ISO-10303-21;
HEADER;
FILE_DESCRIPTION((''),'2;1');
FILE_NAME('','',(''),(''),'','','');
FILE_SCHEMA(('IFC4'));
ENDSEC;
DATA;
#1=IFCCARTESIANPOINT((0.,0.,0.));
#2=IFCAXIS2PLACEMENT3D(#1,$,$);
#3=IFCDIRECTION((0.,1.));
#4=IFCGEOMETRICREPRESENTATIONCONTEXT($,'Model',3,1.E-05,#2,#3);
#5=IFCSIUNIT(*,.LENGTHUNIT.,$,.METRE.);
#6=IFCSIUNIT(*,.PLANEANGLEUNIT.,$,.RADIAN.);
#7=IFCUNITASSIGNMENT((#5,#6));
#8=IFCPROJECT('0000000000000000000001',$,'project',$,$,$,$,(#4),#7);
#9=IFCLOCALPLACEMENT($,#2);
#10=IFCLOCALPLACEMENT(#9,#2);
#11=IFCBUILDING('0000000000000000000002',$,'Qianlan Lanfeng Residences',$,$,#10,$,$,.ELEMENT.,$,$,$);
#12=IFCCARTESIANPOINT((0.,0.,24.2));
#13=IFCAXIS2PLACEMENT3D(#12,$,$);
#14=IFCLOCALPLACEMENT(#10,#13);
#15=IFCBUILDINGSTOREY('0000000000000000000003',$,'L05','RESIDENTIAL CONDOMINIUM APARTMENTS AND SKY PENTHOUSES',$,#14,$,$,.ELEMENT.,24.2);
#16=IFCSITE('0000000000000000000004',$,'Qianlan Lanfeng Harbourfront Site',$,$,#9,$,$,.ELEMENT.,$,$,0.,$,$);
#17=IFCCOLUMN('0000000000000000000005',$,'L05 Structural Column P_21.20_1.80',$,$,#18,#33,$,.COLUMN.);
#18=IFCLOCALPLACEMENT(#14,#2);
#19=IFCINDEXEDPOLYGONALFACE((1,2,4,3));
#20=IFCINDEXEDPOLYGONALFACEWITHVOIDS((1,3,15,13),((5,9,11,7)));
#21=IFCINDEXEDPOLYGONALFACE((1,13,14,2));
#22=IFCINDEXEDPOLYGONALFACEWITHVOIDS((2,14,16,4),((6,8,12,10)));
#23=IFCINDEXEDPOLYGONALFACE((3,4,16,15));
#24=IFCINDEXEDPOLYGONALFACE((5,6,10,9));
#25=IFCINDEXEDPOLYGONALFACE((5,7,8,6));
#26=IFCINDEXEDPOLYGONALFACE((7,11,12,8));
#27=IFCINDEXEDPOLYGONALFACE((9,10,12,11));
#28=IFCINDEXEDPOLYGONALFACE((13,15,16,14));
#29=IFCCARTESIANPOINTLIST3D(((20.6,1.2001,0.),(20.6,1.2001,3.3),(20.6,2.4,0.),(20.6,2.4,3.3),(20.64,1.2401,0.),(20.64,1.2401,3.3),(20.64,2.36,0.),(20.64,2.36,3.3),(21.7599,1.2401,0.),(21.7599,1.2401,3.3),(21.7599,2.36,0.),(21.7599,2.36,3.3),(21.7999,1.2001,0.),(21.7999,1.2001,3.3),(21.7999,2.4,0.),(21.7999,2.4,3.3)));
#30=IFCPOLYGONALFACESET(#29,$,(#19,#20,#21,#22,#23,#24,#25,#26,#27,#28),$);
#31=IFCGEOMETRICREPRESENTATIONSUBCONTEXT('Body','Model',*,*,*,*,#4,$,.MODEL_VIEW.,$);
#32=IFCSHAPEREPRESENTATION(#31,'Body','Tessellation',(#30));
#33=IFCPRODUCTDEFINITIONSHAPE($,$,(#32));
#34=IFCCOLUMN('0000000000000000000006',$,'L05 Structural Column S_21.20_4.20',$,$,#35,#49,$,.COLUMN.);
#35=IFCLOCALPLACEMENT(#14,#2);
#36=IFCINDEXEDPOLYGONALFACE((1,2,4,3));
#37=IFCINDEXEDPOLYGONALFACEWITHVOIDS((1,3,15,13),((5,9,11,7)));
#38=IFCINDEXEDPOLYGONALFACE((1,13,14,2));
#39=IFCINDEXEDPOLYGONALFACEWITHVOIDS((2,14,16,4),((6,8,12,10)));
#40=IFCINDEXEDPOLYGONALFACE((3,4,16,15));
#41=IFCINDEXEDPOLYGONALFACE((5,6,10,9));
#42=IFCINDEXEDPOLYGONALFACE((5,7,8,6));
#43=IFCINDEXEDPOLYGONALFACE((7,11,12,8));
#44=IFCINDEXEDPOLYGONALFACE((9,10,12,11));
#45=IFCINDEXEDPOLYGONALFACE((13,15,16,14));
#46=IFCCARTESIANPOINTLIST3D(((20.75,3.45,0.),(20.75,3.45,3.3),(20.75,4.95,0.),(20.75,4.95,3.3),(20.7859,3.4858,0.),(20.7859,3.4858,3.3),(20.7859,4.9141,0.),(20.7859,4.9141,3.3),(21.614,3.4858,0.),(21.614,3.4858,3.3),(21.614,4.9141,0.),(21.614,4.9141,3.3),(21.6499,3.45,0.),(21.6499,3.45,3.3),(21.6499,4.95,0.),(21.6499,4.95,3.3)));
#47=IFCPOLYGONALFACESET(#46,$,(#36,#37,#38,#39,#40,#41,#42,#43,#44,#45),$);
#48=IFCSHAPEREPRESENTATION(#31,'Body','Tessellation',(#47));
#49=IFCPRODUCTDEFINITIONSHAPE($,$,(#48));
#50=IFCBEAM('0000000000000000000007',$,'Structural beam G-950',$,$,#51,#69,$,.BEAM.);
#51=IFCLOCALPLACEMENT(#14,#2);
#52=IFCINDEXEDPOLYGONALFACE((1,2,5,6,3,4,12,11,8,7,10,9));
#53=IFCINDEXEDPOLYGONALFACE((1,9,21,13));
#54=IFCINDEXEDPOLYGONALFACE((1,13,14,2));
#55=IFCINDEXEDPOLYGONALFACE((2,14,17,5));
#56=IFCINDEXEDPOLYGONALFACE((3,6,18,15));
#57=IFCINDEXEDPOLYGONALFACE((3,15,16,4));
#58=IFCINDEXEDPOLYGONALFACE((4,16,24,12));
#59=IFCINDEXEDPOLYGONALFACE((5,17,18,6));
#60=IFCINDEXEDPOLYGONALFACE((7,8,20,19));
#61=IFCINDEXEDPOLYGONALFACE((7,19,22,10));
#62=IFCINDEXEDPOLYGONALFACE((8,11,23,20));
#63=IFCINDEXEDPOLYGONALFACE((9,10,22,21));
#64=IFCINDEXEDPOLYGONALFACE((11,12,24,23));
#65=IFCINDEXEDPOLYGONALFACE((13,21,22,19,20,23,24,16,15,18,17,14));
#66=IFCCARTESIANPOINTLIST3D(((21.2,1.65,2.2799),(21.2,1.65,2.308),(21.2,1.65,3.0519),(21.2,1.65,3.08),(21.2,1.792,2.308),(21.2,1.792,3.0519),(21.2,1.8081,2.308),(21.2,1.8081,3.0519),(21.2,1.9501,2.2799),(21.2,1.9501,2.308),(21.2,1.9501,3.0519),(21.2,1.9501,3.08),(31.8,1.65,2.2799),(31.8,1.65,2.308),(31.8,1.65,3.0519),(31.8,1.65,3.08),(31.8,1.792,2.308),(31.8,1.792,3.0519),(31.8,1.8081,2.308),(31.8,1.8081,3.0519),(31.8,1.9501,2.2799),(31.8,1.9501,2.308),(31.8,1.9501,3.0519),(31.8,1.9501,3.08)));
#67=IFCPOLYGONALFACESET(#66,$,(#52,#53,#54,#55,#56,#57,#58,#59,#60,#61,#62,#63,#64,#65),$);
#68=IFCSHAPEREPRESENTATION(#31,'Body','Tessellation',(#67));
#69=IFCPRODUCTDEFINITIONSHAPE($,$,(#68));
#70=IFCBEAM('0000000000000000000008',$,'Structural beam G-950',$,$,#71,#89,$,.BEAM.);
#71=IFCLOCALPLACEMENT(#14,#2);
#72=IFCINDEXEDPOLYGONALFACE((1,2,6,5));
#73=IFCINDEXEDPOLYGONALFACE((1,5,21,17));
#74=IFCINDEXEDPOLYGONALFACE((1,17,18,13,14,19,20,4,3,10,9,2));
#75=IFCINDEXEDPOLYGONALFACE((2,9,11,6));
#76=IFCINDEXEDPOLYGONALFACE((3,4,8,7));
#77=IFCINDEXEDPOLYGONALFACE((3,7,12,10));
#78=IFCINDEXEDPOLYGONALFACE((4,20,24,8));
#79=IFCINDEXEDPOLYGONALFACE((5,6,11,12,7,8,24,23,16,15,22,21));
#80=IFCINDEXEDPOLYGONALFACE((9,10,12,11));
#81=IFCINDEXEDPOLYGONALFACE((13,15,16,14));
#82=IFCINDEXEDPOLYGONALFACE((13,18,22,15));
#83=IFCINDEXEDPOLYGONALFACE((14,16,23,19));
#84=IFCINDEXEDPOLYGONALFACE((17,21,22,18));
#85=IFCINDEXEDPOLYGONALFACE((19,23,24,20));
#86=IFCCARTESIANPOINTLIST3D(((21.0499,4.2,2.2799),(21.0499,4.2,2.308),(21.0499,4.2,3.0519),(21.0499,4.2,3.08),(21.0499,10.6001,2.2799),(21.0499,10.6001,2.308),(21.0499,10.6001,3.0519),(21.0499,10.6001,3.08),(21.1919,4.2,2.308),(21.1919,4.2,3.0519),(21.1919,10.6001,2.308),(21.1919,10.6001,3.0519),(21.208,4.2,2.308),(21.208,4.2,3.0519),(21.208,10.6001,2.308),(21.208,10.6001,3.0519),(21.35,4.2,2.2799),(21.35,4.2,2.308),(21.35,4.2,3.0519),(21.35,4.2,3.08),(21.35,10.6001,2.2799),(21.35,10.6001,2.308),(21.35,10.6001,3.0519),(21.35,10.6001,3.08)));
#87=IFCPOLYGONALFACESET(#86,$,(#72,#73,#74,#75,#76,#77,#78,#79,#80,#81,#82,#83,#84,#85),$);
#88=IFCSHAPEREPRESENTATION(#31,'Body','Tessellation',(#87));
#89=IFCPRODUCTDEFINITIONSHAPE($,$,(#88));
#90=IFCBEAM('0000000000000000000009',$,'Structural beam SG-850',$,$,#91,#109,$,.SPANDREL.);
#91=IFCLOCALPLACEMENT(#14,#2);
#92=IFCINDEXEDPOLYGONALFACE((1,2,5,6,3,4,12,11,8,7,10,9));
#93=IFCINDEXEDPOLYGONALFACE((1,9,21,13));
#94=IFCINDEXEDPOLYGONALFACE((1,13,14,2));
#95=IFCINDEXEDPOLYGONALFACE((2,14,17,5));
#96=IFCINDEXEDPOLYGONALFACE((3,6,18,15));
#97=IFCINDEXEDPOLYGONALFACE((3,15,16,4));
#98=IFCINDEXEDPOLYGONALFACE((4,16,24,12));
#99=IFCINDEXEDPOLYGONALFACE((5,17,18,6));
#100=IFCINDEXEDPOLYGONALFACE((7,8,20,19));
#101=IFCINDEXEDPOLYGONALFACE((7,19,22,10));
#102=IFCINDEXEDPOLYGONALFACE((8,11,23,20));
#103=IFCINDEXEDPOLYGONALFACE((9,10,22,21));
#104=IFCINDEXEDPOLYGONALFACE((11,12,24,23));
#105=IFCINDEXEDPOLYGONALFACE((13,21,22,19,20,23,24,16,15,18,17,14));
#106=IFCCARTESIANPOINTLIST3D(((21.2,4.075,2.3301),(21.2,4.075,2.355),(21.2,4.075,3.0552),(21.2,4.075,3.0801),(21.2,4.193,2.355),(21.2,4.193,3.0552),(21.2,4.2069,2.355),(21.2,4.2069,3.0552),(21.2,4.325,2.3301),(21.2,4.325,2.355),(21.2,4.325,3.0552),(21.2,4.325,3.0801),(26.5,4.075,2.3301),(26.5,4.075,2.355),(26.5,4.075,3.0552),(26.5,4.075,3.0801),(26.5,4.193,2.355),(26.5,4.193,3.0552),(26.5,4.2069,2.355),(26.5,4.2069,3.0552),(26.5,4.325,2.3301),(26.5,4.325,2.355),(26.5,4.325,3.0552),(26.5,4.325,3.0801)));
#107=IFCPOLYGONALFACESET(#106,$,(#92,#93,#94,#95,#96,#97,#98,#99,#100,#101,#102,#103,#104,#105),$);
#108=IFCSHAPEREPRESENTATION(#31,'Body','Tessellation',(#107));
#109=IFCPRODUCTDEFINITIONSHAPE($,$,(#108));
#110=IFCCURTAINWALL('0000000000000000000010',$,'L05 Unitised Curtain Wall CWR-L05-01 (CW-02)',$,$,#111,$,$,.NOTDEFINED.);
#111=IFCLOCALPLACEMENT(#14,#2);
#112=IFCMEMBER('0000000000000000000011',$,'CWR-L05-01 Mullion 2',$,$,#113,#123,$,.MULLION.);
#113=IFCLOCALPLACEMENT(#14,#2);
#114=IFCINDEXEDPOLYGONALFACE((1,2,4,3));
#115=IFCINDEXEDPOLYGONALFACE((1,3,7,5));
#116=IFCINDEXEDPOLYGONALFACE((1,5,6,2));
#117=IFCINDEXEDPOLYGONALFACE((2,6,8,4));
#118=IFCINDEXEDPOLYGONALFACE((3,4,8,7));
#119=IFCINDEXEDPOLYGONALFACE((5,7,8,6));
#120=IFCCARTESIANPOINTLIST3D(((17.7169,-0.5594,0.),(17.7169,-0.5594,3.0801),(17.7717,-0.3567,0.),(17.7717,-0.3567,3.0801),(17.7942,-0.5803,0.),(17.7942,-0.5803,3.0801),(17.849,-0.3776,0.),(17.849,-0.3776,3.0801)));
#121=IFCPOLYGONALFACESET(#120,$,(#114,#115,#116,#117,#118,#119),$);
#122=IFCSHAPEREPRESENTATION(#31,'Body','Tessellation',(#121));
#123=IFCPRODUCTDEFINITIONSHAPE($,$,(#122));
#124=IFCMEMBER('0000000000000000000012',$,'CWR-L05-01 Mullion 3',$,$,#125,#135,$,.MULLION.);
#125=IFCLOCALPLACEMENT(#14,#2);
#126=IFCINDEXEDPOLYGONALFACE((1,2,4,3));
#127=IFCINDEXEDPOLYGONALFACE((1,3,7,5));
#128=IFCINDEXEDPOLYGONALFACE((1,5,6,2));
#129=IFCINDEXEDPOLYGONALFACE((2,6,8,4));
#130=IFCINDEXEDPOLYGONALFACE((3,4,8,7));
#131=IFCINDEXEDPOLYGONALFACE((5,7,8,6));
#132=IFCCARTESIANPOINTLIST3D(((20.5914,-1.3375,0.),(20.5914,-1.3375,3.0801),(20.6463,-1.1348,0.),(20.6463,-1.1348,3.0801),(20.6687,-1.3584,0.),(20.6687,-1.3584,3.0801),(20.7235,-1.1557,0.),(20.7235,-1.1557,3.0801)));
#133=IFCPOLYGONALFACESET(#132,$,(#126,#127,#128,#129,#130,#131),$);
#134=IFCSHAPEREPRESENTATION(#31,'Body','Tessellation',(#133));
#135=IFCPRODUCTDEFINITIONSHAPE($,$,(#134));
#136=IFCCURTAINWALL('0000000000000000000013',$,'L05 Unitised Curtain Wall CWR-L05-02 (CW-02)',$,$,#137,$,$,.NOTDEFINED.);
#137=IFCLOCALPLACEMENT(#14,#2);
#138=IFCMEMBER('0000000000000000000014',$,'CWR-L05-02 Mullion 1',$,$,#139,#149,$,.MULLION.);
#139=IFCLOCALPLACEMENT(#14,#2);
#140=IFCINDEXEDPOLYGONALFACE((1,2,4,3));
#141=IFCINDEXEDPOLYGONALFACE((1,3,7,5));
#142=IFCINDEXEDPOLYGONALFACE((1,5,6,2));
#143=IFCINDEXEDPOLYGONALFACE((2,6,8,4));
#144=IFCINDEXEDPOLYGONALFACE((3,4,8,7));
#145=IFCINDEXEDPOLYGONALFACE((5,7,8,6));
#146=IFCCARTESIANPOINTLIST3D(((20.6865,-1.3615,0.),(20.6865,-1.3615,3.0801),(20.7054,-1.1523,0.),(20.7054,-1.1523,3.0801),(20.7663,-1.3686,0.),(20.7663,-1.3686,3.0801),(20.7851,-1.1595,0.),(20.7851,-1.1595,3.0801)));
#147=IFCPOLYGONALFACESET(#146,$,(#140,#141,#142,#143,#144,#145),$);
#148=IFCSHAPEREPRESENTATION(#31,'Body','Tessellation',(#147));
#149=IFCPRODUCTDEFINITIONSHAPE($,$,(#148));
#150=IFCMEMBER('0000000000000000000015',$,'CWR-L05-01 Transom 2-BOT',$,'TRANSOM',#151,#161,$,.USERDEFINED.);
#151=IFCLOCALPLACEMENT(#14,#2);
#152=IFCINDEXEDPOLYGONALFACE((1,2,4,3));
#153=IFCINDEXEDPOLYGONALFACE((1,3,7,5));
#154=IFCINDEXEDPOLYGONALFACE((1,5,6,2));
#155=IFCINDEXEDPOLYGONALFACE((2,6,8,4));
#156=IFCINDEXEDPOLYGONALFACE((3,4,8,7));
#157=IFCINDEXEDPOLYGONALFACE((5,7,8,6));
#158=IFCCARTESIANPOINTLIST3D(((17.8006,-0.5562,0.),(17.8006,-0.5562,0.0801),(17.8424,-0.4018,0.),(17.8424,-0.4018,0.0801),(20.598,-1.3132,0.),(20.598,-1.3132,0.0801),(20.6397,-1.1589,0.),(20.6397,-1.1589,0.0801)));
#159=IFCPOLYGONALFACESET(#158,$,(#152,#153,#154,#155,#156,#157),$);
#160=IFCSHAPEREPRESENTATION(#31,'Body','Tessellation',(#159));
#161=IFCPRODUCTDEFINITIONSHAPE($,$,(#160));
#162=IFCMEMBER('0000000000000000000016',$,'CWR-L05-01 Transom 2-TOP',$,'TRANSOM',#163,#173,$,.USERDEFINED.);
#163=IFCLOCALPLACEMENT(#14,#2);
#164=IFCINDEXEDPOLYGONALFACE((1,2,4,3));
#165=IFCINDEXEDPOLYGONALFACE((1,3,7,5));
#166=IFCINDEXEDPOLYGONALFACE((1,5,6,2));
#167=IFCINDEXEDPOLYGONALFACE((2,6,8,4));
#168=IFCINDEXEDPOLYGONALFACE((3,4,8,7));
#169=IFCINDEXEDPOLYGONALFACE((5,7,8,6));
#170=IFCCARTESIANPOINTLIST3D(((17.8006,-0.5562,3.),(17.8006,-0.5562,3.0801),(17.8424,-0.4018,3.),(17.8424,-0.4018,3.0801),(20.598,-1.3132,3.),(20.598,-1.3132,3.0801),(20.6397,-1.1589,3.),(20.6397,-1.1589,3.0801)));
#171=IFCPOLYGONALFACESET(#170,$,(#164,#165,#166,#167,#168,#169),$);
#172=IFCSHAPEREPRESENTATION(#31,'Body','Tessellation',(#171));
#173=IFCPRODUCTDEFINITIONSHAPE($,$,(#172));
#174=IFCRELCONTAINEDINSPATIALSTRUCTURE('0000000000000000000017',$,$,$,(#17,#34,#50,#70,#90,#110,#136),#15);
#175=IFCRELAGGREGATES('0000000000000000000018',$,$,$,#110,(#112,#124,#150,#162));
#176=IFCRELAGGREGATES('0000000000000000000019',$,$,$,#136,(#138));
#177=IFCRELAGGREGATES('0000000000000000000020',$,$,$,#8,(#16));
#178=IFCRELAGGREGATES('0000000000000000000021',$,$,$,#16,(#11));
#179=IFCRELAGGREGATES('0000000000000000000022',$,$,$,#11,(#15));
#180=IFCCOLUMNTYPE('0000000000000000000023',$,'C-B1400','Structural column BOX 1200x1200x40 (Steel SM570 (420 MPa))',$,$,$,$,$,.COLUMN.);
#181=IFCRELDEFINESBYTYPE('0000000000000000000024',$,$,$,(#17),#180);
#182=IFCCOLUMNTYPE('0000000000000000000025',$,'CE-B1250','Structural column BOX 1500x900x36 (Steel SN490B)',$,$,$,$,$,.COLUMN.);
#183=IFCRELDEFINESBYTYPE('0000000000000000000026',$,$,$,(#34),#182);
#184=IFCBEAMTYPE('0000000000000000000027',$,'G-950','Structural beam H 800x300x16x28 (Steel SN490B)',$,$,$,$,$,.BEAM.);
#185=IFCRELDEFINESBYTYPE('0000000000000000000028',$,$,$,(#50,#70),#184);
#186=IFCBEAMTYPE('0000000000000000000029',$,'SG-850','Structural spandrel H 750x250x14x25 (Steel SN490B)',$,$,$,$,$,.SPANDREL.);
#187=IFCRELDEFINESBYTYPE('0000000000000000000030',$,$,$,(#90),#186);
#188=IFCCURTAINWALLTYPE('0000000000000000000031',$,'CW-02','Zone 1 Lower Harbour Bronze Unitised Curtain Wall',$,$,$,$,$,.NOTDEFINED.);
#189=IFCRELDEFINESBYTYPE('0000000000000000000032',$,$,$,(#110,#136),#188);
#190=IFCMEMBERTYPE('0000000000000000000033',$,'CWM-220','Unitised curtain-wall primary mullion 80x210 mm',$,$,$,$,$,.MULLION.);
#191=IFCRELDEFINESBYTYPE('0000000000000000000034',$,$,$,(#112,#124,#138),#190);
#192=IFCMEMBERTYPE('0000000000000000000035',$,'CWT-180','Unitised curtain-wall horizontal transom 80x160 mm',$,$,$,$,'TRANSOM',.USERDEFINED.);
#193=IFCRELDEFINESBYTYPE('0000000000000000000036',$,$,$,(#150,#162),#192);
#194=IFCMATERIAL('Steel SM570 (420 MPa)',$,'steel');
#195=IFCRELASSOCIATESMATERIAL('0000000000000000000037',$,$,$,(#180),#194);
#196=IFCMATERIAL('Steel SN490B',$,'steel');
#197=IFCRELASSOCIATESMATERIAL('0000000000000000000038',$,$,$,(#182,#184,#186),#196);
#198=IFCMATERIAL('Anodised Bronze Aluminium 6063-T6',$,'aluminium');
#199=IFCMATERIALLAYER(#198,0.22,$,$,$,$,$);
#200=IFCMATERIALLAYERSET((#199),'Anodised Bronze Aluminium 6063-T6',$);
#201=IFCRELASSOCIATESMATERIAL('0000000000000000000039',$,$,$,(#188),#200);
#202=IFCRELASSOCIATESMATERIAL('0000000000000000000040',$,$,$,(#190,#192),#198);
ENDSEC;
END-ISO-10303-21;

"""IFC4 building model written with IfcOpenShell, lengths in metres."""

from ifc_helpers import new_model, si_unit, direction, frame, origin, origin_2d, place, context, subcontext, project, spatial, rectangle, hollow_rectangle, i_section, extrude, source, transform, mapped, material, layer, layer_set, material_profile, profile_set, type_object, element, aggregate, save


model = new_model("IFC4")

# Units and contexts
model_context = context("Model", 3, precision=1e-05, world=origin(), true_north=direction((0.0, 1.0)))
body_context = subcontext(model_context, "Body", "Model", "MODEL_VIEW")
ifc_project = project(units=[si_unit("LENGTHUNIT", "METRE"), si_unit("PLANEANGLEUNIT", "RADIAN")], contexts=[model_context])

# Site, building, storey
site_placement = place(None, origin())
site = spatial("IfcSite", under=ifc_project, at=site_placement, Name="Qianlan Lanfeng Harbourfront Site", CompositionType="ELEMENT", RefElevation=0.0)
building_placement = place(site_placement, origin())
building = spatial("IfcBuilding", under=site, at=building_placement, Name="Qianlan Lanfeng Residences", CompositionType="ELEMENT")
storey_placement = place(building_placement, frame((0.0, 0.0, 24.2)))
storey = spatial("IfcBuildingStorey", under=building, at=storey_placement, Name="L05", Description="RESIDENTIAL CONDOMINIUM APARTMENTS AND SKY PENTHOUSES", CompositionType="ELEMENT", Elevation=24.2)

# Columns
ifc_material_1 = material(Name="Steel SM570 (420 MPa)", Category="steel")
ifc_material_profile_1 = material_profile(ifc_material_1, hollow_rectangle(XDim=1.2, YDim=1.2, WallThickness=0.04, at=origin_2d()), Name="BOX 1200x1200x40")
ifc_profile_set_1 = profile_set([ifc_material_profile_1], Name="Steel SM570 (420 MPa)")
column_type_1 = type_object("IfcColumnType", Name="C-B1400", Description="Structural column BOX 1200x1200x40 (Steel SM570 (420 MPa))", PredefinedType="COLUMN", material=ifc_profile_set_1)
column_1_placement = place(storey_placement, frame((21.2, 1.8, 0.0), z_axis=(0.0, 0.0, 1.0), x_axis=(1.0, 0.0, 0.0)))
element("IfcColumn", 1, at=column_1_placement, inside=storey, type_object=column_type_1, Name="L05 Structural Column P_21.20_1.80", PredefinedType="COLUMN", context=body_context, shape_type="SweptSolid", body=[
    extrude(hollow_rectangle(XDim=1.2, YDim=1.2, WallThickness=0.04, at=origin_2d()), origin(), (0.0, 0.0, 1.0), 3.3),
])
ifc_material_2 = material(Name="Steel SN490B", Category="steel")
ifc_material_profile_2 = material_profile(ifc_material_2, hollow_rectangle(XDim=0.8999, YDim=1.5, WallThickness=0.0359, at=origin_2d()), Name="BOX 1500x900x36")
ifc_profile_set_2 = profile_set([ifc_material_profile_2], Name="Steel SN490B")
column_type_2 = type_object("IfcColumnType", Name="CE-B1250", Description="Structural column BOX 1500x900x36 (Steel SN490B)", PredefinedType="COLUMN", material=ifc_profile_set_2)
column_2_placement = place(storey_placement, frame((21.2, 4.2, 0.0), z_axis=(0.0, 0.0, 1.0), x_axis=(1.0, 0.0, 0.0)))
element("IfcColumn", 2, at=column_2_placement, inside=storey, type_object=column_type_2, Name="L05 Structural Column S_21.20_4.20", PredefinedType="COLUMN", context=body_context, shape_type="SweptSolid", body=[
    extrude(hollow_rectangle(XDim=0.8999, YDim=1.5, WallThickness=0.0359, at=origin_2d()), origin(), (0.0, 0.0, 1.0), 3.3),
])

# Beams
ifc_material_profile_3 = material_profile(ifc_material_2, i_section(OverallWidth=0.3, OverallDepth=0.8, WebThickness=0.0161, FlangeThickness=0.0281, at=origin_2d()), Name="H 800x300x16x28")
ifc_profile_set_3 = profile_set([ifc_material_profile_3], Name="Steel SN490B")
beam_type_1 = type_object("IfcBeamType", Name="G-950", Description="Structural beam H 800x300x16x28 (Steel SN490B)", PredefinedType="BEAM", material=ifc_profile_set_3)
beam_1_placement = place(storey_placement, frame((21.2, 1.8, 2.6799), z_axis=(1.0, 0.0, 0.0), x_axis=(0.0, 1.0, 0.0)))
element("IfcBeam", 3, at=beam_1_placement, inside=storey, type_object=beam_type_1, Name="Structural beam G-950", PredefinedType="BEAM", context=body_context, shape_type="SweptSolid", body=[
    extrude(i_section(OverallWidth=0.3, OverallDepth=0.8, WebThickness=0.0161, FlangeThickness=0.0281, at=origin_2d()), origin(), (0.0, 0.0, 1.0), 10.6001),
])
beam_2_placement = place(storey_placement, frame((21.2, 4.2, 2.6799), z_axis=(0.0, 1.0, 0.0), x_axis=(-1.0, 0.0, 0.0)))
element("IfcBeam", 4, at=beam_2_placement, inside=storey, type_object=beam_type_1, Name="Structural beam G-950", PredefinedType="BEAM", context=body_context, shape_type="SweptSolid", body=[
    extrude(i_section(OverallWidth=0.3, OverallDepth=0.8, WebThickness=0.0161, FlangeThickness=0.0281, at=origin_2d()), origin(), (0.0, 0.0, 1.0), 6.4001),
])
ifc_material_profile_4 = material_profile(ifc_material_2, i_section(OverallWidth=0.25, OverallDepth=0.75, WebThickness=0.0139, FlangeThickness=0.0249, at=origin_2d()), Name="H 750x250x14x25")
ifc_profile_set_4 = profile_set([ifc_material_profile_4], Name="Steel SN490B")
beam_type_2 = type_object("IfcBeamType", Name="SG-850", Description="Structural spandrel H 750x250x14x25 (Steel SN490B)", PredefinedType="SPANDREL", material=ifc_profile_set_4)
beam_3_placement = place(storey_placement, frame((21.2, 4.2, 2.7051), z_axis=(1.0, 0.0, 0.0), x_axis=(0.0, 1.0, 0.0)))
element("IfcBeam", 5, at=beam_3_placement, inside=storey, type_object=beam_type_2, Name="Structural beam SG-850", PredefinedType="SPANDREL", context=body_context, shape_type="SweptSolid", body=[
    extrude(i_section(OverallWidth=0.25, OverallDepth=0.75, WebThickness=0.0139, FlangeThickness=0.0249, at=origin_2d()), origin(), (0.0, 0.0, 1.0), 5.3),
])

# Curtain wall, members
ifc_material_3 = material(Name="Anodised Bronze Aluminium 6063-T6", Category="aluminium")
ifc_layer_1 = layer(ifc_material_3, 0.22)
ifc_layer_set_1 = layer_set([ifc_layer_1], Name="Anodised Bronze Aluminium 6063-T6")
curtain_wall_type = type_object("IfcCurtainWallType", Name="CW-02", Description="Zone 1 Lower Harbour Bronze Unitised Curtain Wall", PredefinedType="NOTDEFINED", material=ifc_layer_set_1)
curtain_wall_1_placement = place(storey_placement, origin())
curtain_wall_1 = element("IfcCurtainWall", 6, at=curtain_wall_1_placement, inside=storey, type_object=curtain_wall_type, Name="L05 Unitised Curtain Wall CWR-L05-01 (CW-02)", PredefinedType="NOTDEFINED")
ifc_material_profile_5 = material_profile(ifc_material_3, rectangle(XDim=0.0801, YDim=0.21, at=origin_2d()), Name="ALU MULLION 80x210")
ifc_profile_set_5 = profile_set([ifc_material_profile_5], Name="Anodised Bronze Aluminium 6063-T6")
member_type_1 = type_object("IfcMemberType", Name="CWM-220", Description="Unitised curtain-wall primary mullion 80x210 mm", PredefinedType="MULLION", material=ifc_profile_set_5)
shared_shape_1 = source(origin(), body_context, "Body", "SweptSolid", [
    extrude(rectangle(XDim=0.0801, YDim=0.21, at=origin_2d()), origin(), (0.0, 0.0, 1.0), 3.0801),
])
member_1_placement = place(storey_placement, frame((17.783, -0.4685, 0.0), z_axis=(0.0, 0.0, 1.0), x_axis=(0.965263, -0.261281, 0.0)))
member_1 = element("IfcMember", 7, at=member_1_placement, type_object=member_type_1, Name="CWR-L05-01 Mullion 2", PredefinedType="MULLION", context=body_context, shape_type="MappedRepresentation", body=[
    mapped(shared_shape_1, transform((0.0, 0.0, 0.0), scale=1.0)),
])
member_2_placement = place(storey_placement, frame((20.6575, -1.2466, 0.0), z_axis=(0.0, 0.0, 1.0), x_axis=(0.965263, -0.261281, 0.0)))
member_2 = element("IfcMember", 8, at=member_2_placement, type_object=member_type_1, Name="CWR-L05-01 Mullion 3", PredefinedType="MULLION", context=body_context, shape_type="MappedRepresentation", body=[
    mapped(shared_shape_1, transform((0.0, 0.0, 0.0), scale=1.0)),
])

# Curtain wall, member
curtain_wall_2_placement = place(storey_placement, origin())
curtain_wall_2 = element("IfcCurtainWall", 9, at=curtain_wall_2_placement, inside=storey, type_object=curtain_wall_type, Name="L05 Unitised Curtain Wall CWR-L05-02 (CW-02)", PredefinedType="NOTDEFINED")
member_3_placement = place(storey_placement, frame((20.7358, -1.2605, 0.0), z_axis=(0.0, 0.0, 1.0), x_axis=(0.995965, -0.089746, 0.0)))
member_3 = element("IfcMember", 10, at=member_3_placement, type_object=member_type_1, Name="CWR-L05-02 Mullion 1", PredefinedType="MULLION", context=body_context, shape_type="MappedRepresentation", body=[
    mapped(shared_shape_1, transform((0.0, 0.0, 0.0), scale=1.0)),
])

# Members
ifc_material_profile_6 = material_profile(ifc_material_3, rectangle(XDim=0.0801, YDim=0.1599, at=origin_2d()), Name="ALU TRANSOM 80x160")
ifc_profile_set_6 = profile_set([ifc_material_profile_6], Name="Anodised Bronze Aluminium 6063-T6")
member_type_2 = type_object("IfcMemberType", Name="CWT-180", Description="Unitised curtain-wall horizontal transom 80x160 mm", ElementType="TRANSOM", PredefinedType="USERDEFINED", material=ifc_profile_set_6)
shared_shape_2 = source(origin(), body_context, "Body", "SweptSolid", [
    extrude(rectangle(XDim=0.0801, YDim=0.1599, at=origin_2d()), origin(), (0.0, 0.0, 1.0), 2.8979),
])
member_4_placement = place(storey_placement, frame((17.8215, -0.479, 0.04), z_axis=(0.965273, -0.261242, 0.0), x_axis=(0.0, 0.0, 1.0)))
member_4 = element("IfcMember", 11, at=member_4_placement, type_object=member_type_2, Name="CWR-L05-01 Transom 2-BOT", ObjectType="TRANSOM", PredefinedType="USERDEFINED", context=body_context, shape_type="MappedRepresentation", body=[
    mapped(shared_shape_2, transform((0.0, 0.0, 0.0), scale=1.0)),
])
member_5_placement = place(storey_placement, frame((17.8215, -0.479, 3.04), z_axis=(0.965273, -0.261242, 0.0), x_axis=(0.0, 0.0, 1.0)))
member_5 = element("IfcMember", 12, at=member_5_placement, type_object=member_type_2, Name="CWR-L05-01 Transom 2-TOP", ObjectType="TRANSOM", PredefinedType="USERDEFINED", context=body_context, shape_type="MappedRepresentation", body=[
    mapped(shared_shape_2, transform((0.0, 0.0, 0.0), scale=1.0)),
])

aggregate(curtain_wall_1, [member_1, member_2, member_4, member_5])
aggregate(curtain_wall_2, [member_3])

save(model, "model.ifc")
